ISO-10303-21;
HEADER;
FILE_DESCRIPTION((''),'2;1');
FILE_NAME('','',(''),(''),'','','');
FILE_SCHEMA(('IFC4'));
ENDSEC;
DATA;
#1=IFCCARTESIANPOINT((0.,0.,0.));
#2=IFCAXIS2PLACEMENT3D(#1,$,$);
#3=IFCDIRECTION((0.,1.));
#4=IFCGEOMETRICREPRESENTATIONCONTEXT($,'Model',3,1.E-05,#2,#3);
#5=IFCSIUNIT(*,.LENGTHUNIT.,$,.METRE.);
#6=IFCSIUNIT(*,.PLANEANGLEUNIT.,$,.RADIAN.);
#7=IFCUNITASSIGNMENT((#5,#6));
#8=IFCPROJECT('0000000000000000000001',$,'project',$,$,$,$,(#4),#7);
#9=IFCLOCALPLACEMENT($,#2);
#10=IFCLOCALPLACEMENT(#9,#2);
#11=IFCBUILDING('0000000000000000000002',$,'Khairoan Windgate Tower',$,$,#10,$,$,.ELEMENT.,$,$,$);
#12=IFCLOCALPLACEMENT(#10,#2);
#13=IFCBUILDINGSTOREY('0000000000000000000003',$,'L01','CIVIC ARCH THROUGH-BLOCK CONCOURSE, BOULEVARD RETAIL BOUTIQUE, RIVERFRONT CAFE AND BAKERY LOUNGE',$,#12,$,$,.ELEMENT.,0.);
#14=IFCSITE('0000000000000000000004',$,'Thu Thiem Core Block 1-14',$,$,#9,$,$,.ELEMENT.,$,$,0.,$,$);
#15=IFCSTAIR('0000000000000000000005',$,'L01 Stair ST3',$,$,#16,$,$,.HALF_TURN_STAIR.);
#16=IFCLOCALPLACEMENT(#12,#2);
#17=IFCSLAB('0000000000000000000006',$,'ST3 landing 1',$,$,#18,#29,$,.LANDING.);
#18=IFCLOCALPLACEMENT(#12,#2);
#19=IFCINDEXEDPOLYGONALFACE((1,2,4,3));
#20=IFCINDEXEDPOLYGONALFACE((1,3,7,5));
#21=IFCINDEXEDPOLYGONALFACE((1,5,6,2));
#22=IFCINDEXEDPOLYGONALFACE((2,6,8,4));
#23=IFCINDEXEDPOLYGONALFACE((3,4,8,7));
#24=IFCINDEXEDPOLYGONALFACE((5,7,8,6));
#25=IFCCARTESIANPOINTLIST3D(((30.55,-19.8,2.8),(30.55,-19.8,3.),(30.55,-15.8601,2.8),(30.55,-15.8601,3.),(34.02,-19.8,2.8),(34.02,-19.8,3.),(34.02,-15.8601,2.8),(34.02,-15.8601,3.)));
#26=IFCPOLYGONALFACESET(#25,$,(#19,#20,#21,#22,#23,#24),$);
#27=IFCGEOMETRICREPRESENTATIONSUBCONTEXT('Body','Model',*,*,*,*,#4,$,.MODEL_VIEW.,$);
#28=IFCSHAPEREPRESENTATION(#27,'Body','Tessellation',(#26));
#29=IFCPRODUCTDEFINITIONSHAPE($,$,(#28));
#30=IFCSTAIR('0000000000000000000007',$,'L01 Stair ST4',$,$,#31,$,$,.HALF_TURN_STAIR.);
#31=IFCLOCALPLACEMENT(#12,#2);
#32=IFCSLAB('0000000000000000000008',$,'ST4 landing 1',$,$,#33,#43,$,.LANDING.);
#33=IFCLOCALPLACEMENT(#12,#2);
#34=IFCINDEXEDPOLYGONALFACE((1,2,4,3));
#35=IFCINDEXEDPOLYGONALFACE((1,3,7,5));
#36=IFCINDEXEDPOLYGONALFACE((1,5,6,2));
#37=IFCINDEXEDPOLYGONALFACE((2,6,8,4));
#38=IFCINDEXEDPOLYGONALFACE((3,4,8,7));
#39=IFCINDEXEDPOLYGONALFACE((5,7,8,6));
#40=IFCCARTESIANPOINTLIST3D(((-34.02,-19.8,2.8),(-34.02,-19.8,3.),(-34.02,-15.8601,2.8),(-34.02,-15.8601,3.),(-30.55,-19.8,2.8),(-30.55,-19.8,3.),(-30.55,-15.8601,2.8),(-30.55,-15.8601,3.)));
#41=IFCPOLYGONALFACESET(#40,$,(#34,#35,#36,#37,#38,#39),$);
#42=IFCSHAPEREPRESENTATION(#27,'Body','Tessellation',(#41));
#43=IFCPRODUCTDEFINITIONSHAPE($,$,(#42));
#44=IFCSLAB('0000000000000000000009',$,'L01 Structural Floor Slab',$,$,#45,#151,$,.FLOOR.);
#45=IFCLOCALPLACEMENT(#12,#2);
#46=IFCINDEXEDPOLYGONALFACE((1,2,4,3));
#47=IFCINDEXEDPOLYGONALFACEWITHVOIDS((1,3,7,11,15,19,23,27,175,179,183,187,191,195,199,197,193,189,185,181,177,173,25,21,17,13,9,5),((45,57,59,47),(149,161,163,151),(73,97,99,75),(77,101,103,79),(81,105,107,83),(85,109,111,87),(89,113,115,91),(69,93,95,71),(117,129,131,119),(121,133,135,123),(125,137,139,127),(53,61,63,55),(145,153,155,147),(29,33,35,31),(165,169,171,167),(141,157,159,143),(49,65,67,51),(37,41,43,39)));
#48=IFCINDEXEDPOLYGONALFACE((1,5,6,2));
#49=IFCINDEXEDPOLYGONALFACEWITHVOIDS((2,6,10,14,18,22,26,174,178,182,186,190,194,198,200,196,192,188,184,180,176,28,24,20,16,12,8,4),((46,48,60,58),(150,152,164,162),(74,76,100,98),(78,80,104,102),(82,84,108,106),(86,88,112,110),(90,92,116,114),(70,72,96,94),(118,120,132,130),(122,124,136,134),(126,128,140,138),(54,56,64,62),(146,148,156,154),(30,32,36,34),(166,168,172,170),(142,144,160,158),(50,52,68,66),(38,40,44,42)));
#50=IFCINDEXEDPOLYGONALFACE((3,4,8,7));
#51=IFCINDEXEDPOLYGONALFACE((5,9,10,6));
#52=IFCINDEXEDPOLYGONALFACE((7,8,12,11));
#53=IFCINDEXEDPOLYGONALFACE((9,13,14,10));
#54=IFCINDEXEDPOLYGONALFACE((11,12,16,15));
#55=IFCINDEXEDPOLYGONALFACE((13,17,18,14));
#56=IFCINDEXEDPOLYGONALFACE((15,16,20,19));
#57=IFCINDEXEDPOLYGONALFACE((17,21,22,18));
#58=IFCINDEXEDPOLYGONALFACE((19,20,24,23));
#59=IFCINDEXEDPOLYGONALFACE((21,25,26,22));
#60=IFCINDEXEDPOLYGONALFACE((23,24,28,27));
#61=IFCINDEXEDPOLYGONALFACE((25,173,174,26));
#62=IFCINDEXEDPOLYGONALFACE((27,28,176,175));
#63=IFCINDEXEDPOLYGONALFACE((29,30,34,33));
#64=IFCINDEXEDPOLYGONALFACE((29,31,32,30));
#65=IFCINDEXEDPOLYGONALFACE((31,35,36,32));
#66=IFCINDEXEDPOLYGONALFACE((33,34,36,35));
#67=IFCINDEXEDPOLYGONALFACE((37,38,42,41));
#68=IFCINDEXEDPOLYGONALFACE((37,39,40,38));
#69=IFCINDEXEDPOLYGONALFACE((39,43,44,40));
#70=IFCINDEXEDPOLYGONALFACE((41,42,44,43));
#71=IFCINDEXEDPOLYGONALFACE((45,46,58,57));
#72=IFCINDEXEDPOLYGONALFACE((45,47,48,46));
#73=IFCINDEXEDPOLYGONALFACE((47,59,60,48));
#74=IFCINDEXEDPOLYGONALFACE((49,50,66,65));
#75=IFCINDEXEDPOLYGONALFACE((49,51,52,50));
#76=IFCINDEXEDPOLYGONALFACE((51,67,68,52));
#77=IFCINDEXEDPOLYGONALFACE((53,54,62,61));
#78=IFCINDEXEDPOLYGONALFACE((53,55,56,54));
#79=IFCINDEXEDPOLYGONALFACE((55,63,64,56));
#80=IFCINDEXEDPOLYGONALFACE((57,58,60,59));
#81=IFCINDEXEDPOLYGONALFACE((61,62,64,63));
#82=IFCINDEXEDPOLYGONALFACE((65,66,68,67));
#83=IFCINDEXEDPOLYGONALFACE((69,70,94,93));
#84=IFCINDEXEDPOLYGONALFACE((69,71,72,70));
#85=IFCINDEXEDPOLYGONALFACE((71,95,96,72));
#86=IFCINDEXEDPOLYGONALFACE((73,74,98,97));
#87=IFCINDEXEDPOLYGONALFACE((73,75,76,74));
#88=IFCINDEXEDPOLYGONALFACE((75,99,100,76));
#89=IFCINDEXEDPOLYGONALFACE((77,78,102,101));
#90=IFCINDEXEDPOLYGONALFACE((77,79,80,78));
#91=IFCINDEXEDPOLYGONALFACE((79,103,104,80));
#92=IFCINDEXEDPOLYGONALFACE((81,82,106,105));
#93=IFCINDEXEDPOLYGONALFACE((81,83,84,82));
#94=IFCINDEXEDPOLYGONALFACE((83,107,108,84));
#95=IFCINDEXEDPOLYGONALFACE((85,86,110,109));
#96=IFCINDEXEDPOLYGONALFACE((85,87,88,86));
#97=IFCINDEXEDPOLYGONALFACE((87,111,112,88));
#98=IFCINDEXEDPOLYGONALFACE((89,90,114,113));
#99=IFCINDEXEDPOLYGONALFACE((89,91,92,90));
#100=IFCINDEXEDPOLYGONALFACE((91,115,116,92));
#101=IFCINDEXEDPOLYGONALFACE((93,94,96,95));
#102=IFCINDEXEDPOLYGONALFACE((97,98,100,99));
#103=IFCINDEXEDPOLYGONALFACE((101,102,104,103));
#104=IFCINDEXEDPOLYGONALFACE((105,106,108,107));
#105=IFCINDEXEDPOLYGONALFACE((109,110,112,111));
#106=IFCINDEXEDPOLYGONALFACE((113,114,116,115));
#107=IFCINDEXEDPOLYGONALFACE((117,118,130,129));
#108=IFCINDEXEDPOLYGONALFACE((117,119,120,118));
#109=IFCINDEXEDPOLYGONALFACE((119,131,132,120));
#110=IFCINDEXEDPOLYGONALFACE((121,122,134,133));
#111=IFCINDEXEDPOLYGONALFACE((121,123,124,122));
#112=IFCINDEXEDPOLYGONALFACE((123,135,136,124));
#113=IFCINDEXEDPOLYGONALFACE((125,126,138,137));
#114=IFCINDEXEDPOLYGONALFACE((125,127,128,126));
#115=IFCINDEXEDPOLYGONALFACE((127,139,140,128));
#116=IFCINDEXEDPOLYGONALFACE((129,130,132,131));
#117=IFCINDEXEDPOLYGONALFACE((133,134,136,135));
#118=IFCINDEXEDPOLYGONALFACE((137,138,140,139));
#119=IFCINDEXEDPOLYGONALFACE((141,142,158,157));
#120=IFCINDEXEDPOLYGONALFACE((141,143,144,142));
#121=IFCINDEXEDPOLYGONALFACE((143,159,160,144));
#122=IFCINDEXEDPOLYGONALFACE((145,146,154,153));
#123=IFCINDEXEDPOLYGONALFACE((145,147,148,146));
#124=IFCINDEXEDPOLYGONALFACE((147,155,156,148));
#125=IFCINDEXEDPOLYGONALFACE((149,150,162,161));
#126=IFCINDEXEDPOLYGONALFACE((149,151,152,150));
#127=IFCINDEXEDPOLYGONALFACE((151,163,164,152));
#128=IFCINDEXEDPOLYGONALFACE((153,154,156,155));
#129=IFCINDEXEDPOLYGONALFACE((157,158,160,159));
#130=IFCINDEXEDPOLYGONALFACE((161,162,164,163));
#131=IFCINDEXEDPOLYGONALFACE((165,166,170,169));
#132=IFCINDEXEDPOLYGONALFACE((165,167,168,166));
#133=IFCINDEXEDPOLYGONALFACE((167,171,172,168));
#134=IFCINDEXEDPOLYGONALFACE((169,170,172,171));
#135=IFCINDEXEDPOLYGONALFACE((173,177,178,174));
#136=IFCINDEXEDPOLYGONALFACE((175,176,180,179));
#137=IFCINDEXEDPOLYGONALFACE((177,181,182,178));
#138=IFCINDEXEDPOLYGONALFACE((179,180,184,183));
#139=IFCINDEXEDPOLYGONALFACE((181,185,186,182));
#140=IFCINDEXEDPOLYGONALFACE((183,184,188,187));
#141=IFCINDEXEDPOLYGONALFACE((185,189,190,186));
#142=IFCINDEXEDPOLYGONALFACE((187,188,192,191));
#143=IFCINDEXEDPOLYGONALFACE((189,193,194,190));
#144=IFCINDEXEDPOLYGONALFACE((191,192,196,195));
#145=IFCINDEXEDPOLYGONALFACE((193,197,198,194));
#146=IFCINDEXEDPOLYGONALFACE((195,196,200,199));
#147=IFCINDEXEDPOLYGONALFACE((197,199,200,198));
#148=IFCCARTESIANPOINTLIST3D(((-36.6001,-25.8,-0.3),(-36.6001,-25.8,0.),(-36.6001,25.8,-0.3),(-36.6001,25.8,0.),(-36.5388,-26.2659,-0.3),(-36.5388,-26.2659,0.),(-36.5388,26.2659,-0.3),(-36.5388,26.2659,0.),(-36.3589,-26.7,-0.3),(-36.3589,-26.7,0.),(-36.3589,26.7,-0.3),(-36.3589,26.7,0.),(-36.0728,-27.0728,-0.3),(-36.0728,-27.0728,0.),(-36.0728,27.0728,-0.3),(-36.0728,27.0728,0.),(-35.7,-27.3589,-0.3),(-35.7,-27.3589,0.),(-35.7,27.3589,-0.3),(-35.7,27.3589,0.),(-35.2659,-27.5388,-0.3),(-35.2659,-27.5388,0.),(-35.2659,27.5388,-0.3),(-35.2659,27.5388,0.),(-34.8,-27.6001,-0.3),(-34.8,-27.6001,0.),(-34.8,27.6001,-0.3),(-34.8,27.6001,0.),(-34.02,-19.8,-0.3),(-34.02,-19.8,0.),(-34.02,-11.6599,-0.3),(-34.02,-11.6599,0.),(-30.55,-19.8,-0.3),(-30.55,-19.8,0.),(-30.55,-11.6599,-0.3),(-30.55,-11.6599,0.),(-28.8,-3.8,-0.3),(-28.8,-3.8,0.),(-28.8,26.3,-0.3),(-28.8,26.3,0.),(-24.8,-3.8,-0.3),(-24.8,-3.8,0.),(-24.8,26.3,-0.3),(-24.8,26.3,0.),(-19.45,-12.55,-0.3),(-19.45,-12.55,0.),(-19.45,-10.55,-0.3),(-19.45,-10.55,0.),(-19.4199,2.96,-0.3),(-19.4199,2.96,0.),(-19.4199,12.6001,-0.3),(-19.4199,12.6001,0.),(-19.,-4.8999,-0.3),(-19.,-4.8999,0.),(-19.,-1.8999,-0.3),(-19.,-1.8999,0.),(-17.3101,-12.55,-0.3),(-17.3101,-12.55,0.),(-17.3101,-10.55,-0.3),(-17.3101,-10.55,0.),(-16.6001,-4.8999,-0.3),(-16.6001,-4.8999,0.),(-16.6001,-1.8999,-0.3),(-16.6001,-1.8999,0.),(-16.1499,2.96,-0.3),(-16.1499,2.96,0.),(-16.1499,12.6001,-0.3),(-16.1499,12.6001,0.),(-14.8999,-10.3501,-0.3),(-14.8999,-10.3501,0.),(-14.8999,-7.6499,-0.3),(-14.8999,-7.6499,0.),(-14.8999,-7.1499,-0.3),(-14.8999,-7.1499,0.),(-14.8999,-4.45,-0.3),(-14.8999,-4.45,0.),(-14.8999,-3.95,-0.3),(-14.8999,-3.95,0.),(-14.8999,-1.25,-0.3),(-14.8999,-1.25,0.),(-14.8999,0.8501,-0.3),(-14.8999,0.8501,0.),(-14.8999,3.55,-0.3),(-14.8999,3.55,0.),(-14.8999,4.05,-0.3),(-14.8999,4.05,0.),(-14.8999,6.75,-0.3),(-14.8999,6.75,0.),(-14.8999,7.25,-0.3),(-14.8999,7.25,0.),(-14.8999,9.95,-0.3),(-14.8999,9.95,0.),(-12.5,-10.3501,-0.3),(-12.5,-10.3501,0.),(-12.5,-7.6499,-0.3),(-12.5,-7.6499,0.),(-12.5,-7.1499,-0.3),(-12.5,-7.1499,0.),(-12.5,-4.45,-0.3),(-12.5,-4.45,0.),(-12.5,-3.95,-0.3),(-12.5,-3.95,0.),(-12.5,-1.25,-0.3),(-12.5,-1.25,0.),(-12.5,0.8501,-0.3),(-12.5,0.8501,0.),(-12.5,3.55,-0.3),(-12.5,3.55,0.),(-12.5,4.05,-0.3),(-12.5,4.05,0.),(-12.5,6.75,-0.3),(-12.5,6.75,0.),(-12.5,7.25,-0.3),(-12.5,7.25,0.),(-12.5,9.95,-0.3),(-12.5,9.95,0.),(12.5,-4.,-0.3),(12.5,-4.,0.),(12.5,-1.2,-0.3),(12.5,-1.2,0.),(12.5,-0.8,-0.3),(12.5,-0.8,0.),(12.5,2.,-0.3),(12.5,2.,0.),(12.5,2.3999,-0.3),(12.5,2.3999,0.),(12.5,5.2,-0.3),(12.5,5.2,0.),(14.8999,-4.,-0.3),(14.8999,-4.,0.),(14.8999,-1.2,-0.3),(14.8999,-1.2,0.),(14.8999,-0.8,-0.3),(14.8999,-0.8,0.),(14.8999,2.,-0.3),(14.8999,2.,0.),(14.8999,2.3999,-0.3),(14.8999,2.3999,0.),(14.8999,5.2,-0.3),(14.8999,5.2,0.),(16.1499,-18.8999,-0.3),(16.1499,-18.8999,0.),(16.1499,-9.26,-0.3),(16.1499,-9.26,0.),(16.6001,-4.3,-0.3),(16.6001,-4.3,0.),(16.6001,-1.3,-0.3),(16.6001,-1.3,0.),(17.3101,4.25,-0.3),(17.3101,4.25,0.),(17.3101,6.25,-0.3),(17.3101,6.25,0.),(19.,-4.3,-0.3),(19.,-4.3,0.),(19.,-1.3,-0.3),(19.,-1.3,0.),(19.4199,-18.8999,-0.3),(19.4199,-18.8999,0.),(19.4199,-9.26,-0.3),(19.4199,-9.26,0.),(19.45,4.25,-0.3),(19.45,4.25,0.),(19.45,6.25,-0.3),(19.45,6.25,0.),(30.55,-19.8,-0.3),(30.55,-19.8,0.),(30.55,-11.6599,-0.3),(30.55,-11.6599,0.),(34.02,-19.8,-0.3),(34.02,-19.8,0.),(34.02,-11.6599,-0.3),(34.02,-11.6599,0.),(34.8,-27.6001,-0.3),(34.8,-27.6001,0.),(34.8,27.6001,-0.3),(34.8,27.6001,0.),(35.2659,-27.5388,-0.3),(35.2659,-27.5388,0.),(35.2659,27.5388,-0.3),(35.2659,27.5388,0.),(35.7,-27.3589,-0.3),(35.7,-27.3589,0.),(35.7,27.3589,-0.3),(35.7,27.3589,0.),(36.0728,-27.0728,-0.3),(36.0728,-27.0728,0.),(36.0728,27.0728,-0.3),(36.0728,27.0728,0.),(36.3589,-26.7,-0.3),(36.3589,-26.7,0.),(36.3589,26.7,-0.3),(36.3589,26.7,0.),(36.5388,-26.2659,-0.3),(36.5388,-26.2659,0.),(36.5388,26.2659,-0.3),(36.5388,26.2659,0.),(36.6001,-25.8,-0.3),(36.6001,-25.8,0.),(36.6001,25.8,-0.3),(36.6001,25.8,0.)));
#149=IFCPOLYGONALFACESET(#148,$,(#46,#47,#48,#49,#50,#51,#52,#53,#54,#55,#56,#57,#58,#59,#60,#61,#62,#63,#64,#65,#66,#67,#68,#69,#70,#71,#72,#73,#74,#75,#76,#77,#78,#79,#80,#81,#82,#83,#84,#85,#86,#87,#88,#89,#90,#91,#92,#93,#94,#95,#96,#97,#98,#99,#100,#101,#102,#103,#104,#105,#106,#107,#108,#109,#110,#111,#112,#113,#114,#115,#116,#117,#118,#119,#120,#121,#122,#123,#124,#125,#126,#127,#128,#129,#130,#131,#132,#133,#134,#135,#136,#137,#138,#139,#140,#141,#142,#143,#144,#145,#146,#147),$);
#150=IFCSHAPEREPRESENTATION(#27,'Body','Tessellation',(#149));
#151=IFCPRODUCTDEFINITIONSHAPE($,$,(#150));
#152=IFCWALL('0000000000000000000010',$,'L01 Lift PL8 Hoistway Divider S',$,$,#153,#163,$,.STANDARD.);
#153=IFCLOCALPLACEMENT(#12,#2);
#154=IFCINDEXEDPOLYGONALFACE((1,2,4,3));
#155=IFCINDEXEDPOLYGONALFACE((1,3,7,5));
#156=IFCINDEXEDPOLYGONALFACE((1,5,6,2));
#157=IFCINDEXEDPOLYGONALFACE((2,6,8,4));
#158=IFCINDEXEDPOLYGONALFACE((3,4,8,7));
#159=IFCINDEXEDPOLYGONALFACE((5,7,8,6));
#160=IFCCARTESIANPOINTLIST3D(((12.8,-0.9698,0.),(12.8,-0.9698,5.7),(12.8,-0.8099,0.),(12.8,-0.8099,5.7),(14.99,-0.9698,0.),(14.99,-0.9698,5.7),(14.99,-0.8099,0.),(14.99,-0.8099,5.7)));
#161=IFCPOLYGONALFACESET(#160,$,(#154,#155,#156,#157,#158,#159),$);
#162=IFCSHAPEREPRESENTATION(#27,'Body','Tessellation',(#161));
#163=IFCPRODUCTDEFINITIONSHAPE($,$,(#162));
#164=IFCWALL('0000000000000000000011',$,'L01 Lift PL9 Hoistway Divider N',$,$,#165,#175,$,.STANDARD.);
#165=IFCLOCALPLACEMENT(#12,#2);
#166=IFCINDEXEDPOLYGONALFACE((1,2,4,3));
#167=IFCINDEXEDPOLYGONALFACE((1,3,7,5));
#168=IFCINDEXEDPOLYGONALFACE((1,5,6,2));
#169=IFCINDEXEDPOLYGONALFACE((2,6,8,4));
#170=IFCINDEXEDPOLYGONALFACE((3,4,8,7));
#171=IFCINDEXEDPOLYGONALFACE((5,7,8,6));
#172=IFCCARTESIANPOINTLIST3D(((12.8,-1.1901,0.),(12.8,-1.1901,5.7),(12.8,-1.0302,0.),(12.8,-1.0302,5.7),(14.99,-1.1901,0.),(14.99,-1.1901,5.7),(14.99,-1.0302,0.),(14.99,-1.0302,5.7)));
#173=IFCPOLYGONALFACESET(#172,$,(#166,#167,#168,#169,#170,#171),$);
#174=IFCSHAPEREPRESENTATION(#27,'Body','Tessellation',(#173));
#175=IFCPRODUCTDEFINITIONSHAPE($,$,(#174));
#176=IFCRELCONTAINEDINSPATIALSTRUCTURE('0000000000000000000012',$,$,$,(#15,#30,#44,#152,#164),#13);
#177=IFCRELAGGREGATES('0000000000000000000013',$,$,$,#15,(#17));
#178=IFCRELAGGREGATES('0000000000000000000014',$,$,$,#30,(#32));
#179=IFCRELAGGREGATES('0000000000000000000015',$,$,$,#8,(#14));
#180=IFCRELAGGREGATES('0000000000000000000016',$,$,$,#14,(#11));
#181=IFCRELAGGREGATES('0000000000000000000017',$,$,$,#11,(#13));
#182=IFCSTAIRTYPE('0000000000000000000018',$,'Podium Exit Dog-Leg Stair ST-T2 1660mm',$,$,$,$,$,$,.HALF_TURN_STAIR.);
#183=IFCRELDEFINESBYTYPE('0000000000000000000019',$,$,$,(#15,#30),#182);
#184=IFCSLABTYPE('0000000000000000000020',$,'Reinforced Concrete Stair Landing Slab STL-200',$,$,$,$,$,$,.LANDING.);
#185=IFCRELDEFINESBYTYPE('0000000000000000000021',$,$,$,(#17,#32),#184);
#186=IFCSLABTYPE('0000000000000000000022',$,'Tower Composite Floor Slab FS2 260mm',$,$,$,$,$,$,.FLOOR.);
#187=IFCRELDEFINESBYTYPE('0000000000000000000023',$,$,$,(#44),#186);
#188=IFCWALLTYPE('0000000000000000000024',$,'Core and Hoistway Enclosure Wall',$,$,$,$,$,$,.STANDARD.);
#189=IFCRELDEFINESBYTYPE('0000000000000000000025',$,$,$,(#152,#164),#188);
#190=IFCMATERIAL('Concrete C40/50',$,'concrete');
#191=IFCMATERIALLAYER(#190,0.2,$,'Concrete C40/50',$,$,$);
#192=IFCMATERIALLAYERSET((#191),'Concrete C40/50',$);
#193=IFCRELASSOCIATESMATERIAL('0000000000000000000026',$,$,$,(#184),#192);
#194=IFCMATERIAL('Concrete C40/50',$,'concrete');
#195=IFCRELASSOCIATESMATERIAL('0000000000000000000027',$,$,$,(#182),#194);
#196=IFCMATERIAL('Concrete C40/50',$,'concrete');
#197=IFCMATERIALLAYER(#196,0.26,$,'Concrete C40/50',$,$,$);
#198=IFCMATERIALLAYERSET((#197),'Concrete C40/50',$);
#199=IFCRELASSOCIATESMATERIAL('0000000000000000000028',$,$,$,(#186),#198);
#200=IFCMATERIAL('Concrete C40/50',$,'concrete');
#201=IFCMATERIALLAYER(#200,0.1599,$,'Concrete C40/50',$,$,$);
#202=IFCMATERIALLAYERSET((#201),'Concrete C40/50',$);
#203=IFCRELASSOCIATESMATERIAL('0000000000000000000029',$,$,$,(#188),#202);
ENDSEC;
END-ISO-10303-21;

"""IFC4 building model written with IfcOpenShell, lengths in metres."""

from ifc_helpers import new_model, si_unit, direction, frame, frame_2d, origin, place, context, subcontext, project, spatial, polyline, rectangle, outline, extrude, material, layer, layer_set, type_object, element, aggregate, save


model = new_model("IFC4")

# Units and contexts
model_context = context("Model", 3, precision=1e-05, world=origin(), true_north=direction((0.0, 1.0)))
body_context = subcontext(model_context, "Body", "Model", "MODEL_VIEW")
ifc_project = project(units=[si_unit("LENGTHUNIT", "METRE"), si_unit("PLANEANGLEUNIT", "RADIAN")], contexts=[model_context])

# Site, building, storey
site_placement = place(None, origin())
site = spatial("IfcSite", under=ifc_project, at=site_placement, Name="Thu Thiem Core Block 1-14", CompositionType="ELEMENT", RefElevation=0.0)
building_placement = place(site_placement, origin())
building = spatial("IfcBuilding", under=site, at=building_placement, Name="Khairoan Windgate Tower", CompositionType="ELEMENT")
storey_placement = place(building_placement, origin())
storey = spatial("IfcBuildingStorey", under=building, at=storey_placement, Name="L01", Description="CIVIC ARCH THROUGH-BLOCK CONCOURSE, BOULEVARD RETAIL BOUTIQUE, RIVERFRONT CAFE AND BAKERY LOUNGE", CompositionType="ELEMENT", Elevation=0.0)

# Stairs, slabs
ifc_material_1 = material(Name="Concrete C40/50", Category="concrete")
ifc_layer_1 = layer(ifc_material_1, 0.2, Name="Concrete C40/50")
ifc_layer_set_1 = layer_set([ifc_layer_1], Name="Concrete C40/50")
slab_type_1 = type_object("IfcSlabType", Name="Reinforced Concrete Stair Landing Slab STL-200", PredefinedType="LANDING", material=ifc_layer_set_1)
ifc_material_2 = material(Name="Concrete C40/50", Category="concrete")
stair_type_1 = type_object("IfcStairType", Name="Podium Exit Dog-Leg Stair ST-T2 1660mm", PredefinedType="HALF_TURN_STAIR", material=ifc_material_2)
stair_1_placement = place(storey_placement, origin())
stair_1 = element("IfcStair", 1, at=stair_1_placement, inside=storey, type_object=stair_type_1, Name="L01 Stair ST3", PredefinedType="HALF_TURN_STAIR")
slab_1_placement = place(storey_placement, frame((0.0, 0.0, 2.8)))
slab_1 = element("IfcSlab", 2, at=slab_1_placement, type_object=slab_type_1, Name="ST3 landing 1", PredefinedType="LANDING", context=body_context, shape_type="SweptSolid", body=[
    extrude(outline(polyline([(30.55, -15.8601), (30.55, -19.8), (34.02, -19.8), (34.02, -15.8601), (30.55, -15.8601)])), origin(), (0.0, 0.0, 1.0), 0.2),
])
aggregate(stair_1, [slab_1])
stair_2_placement = place(storey_placement, origin())
stair_2 = element("IfcStair", 3, at=stair_2_placement, inside=storey, type_object=stair_type_1, Name="L01 Stair ST4", PredefinedType="HALF_TURN_STAIR")
slab_2_placement = place(storey_placement, frame((0.0, 0.0, 2.8)))
slab_2 = element("IfcSlab", 4, at=slab_2_placement, type_object=slab_type_1, Name="ST4 landing 1", PredefinedType="LANDING", context=body_context, shape_type="SweptSolid", body=[
    extrude(outline(polyline([(-34.02, -15.8601), (-34.02, -19.8), (-30.55, -19.8), (-30.55, -15.8601), (-34.02, -15.8601)])), origin(), (0.0, 0.0, 1.0), 0.2),
])
aggregate(stair_2, [slab_2])

# Slab
ifc_material_3 = material(Name="Concrete C40/50", Category="concrete")
ifc_layer_2 = layer(ifc_material_3, 0.26, Name="Concrete C40/50")
ifc_layer_set_2 = layer_set([ifc_layer_2], Name="Concrete C40/50")
slab_type_2 = type_object("IfcSlabType", Name="Tower Composite Floor Slab FS2 260mm", PredefinedType="FLOOR", material=ifc_layer_set_2)
slab_3_placement = place(storey_placement, frame((0.0, 0.0, -0.3)))
element("IfcSlab", 5, at=slab_3_placement, inside=storey, type_object=slab_type_2, Name="L01 Structural Floor Slab", PredefinedType="FLOOR", context=body_context, shape_type="SweptSolid", body=[
    extrude(outline(polyline([(34.8, -27.6001), (35.2659, -27.5388), (35.7, -27.3589), (36.0728, -27.0728), (36.3589, -26.7), (36.5388, -26.2659), (36.6001, -25.8), (36.6001, 25.8), (36.5388, 26.2659), (36.3589, 26.7), (36.0728, 27.0728), (35.7, 27.3589), (35.2659, 27.5388), (34.8, 27.6001), (-34.8, 27.6001), (-35.2659, 27.5388), (-35.7, 27.3589), (-36.0728, 27.0728), (-36.3589, 26.7), (-36.5388, 26.2659), (-36.6001, 25.8), (-36.6001, -25.8), (-36.5388, -26.2659), (-36.3589, -26.7), (-36.0728, -27.0728), (-35.7, -27.3589), (-35.2659, -27.5388), (-34.8, -27.6001), (34.8, -27.6001)]), holes=[polyline([(16.1499, -9.26), (16.1499, -18.8999), (19.4199, -18.8999), (19.4199, -9.26), (16.1499, -9.26)]), polyline([(-16.1499, 2.96), (-16.1499, 12.6001), (-19.4199, 12.6001), (-19.4199, 2.96), (-16.1499, 2.96)]), polyline([(30.55, -11.6599), (30.55, -19.8), (34.02, -19.8), (34.02, -11.6599), (30.55, -11.6599)]), polyline([(-34.02, -11.6599), (-34.02, -19.8), (-30.55, -19.8), (-30.55, -11.6599), (-34.02, -11.6599)]), polyline([(-14.8999, 7.25), (-12.5, 7.25), (-12.5, 9.95), (-14.8999, 9.95), (-14.8999, 7.25)]), polyline([(-14.8999, 4.05), (-12.5, 4.05), (-12.5, 6.75), (-14.8999, 6.75), (-14.8999, 4.05)]), polyline([(-14.8999, 0.8501), (-12.5, 0.8501), (-12.5, 3.55), (-14.8999, 3.55), (-14.8999, 0.8501)]), polyline([(-14.8999, -3.95), (-12.5, -3.95), (-12.5, -1.25), (-14.8999, -1.25), (-14.8999, -3.95)]), polyline([(-14.8999, -7.1499), (-12.5, -7.1499), (-12.5, -4.45), (-14.8999, -4.45), (-14.8999, -7.1499)]), polyline([(-14.8999, -10.3501), (-12.5, -10.3501), (-12.5, -7.6499), (-14.8999, -7.6499), (-14.8999, -10.3501)]), polyline([(12.5, 2.3999), (14.8999, 2.3999), (14.8999, 5.2), (12.5, 5.2), (12.5, 2.3999)]), polyline([(12.5, -0.8), (14.8999, -0.8), (14.8999, 2.0), (12.5, 2.0), (12.5, -0.8)]), polyline([(12.5, -4.0), (14.8999, -4.0), (14.8999, -1.2), (12.5, -1.2), (12.5, -4.0)]), polyline([(16.6001, -4.3), (19.0, -4.3), (19.0, -1.3), (16.6001, -1.3), (16.6001, -4.3)]), polyline([(-19.0, -4.8999), (-16.6001, -4.8999), (-16.6001, -1.8999), (-19.0, -1.8999), (-19.0, -4.8999)]), polyline([(-19.45, -12.55), (-17.3101, -12.55), (-17.3101, -10.55), (-19.45, -10.55), (-19.45, -12.55)]), polyline([(17.3101, 4.25), (19.45, 4.25), (19.45, 6.25), (17.3101, 6.25), (17.3101, 4.25)]), polyline([(-28.8, -3.8), (-24.8, -3.8), (-24.8, 26.3), (-28.8, 26.3), (-28.8, -3.8)])]), origin(), (0.0, 0.0, 1.0), 0.3),
])

# Walls
ifc_material_4 = material(Name="Concrete C40/50", Category="concrete")
ifc_layer_3 = layer(ifc_material_4, 0.1599, Name="Concrete C40/50")
ifc_layer_set_3 = layer_set([ifc_layer_3], Name="Concrete C40/50")
wall_type = type_object("IfcWallType", Name="Core and Hoistway Enclosure Wall", PredefinedType="STANDARD", material=ifc_layer_set_3)
for number, where, z_axis, x_axis, name in (
    (6, (12.8, -0.8899, 0.0), (0.0, 0.0, 1.0), (1.0, 0.0, 0.0), "L01 Lift PL8 Hoistway Divider S"),
    (7, (12.8, -1.1101, 0.0), (0.0, 0.0, 1.0), (1.0, 0.0, 0.0), "L01 Lift PL9 Hoistway Divider N"),
):
    element("IfcWall", number, at=place(storey_placement, frame(where, z_axis=z_axis, x_axis=x_axis)), inside=storey, type_object=wall_type, Name=name, PredefinedType="STANDARD", context=body_context, shape_type="SweptSolid", body=[
        extrude(rectangle(XDim=2.1899, YDim=0.1599, at=frame_2d((1.095, 0.0))), origin(), (0.0, 0.0, 1.0), 5.7),
    ])

save(model, "model.ifc")
